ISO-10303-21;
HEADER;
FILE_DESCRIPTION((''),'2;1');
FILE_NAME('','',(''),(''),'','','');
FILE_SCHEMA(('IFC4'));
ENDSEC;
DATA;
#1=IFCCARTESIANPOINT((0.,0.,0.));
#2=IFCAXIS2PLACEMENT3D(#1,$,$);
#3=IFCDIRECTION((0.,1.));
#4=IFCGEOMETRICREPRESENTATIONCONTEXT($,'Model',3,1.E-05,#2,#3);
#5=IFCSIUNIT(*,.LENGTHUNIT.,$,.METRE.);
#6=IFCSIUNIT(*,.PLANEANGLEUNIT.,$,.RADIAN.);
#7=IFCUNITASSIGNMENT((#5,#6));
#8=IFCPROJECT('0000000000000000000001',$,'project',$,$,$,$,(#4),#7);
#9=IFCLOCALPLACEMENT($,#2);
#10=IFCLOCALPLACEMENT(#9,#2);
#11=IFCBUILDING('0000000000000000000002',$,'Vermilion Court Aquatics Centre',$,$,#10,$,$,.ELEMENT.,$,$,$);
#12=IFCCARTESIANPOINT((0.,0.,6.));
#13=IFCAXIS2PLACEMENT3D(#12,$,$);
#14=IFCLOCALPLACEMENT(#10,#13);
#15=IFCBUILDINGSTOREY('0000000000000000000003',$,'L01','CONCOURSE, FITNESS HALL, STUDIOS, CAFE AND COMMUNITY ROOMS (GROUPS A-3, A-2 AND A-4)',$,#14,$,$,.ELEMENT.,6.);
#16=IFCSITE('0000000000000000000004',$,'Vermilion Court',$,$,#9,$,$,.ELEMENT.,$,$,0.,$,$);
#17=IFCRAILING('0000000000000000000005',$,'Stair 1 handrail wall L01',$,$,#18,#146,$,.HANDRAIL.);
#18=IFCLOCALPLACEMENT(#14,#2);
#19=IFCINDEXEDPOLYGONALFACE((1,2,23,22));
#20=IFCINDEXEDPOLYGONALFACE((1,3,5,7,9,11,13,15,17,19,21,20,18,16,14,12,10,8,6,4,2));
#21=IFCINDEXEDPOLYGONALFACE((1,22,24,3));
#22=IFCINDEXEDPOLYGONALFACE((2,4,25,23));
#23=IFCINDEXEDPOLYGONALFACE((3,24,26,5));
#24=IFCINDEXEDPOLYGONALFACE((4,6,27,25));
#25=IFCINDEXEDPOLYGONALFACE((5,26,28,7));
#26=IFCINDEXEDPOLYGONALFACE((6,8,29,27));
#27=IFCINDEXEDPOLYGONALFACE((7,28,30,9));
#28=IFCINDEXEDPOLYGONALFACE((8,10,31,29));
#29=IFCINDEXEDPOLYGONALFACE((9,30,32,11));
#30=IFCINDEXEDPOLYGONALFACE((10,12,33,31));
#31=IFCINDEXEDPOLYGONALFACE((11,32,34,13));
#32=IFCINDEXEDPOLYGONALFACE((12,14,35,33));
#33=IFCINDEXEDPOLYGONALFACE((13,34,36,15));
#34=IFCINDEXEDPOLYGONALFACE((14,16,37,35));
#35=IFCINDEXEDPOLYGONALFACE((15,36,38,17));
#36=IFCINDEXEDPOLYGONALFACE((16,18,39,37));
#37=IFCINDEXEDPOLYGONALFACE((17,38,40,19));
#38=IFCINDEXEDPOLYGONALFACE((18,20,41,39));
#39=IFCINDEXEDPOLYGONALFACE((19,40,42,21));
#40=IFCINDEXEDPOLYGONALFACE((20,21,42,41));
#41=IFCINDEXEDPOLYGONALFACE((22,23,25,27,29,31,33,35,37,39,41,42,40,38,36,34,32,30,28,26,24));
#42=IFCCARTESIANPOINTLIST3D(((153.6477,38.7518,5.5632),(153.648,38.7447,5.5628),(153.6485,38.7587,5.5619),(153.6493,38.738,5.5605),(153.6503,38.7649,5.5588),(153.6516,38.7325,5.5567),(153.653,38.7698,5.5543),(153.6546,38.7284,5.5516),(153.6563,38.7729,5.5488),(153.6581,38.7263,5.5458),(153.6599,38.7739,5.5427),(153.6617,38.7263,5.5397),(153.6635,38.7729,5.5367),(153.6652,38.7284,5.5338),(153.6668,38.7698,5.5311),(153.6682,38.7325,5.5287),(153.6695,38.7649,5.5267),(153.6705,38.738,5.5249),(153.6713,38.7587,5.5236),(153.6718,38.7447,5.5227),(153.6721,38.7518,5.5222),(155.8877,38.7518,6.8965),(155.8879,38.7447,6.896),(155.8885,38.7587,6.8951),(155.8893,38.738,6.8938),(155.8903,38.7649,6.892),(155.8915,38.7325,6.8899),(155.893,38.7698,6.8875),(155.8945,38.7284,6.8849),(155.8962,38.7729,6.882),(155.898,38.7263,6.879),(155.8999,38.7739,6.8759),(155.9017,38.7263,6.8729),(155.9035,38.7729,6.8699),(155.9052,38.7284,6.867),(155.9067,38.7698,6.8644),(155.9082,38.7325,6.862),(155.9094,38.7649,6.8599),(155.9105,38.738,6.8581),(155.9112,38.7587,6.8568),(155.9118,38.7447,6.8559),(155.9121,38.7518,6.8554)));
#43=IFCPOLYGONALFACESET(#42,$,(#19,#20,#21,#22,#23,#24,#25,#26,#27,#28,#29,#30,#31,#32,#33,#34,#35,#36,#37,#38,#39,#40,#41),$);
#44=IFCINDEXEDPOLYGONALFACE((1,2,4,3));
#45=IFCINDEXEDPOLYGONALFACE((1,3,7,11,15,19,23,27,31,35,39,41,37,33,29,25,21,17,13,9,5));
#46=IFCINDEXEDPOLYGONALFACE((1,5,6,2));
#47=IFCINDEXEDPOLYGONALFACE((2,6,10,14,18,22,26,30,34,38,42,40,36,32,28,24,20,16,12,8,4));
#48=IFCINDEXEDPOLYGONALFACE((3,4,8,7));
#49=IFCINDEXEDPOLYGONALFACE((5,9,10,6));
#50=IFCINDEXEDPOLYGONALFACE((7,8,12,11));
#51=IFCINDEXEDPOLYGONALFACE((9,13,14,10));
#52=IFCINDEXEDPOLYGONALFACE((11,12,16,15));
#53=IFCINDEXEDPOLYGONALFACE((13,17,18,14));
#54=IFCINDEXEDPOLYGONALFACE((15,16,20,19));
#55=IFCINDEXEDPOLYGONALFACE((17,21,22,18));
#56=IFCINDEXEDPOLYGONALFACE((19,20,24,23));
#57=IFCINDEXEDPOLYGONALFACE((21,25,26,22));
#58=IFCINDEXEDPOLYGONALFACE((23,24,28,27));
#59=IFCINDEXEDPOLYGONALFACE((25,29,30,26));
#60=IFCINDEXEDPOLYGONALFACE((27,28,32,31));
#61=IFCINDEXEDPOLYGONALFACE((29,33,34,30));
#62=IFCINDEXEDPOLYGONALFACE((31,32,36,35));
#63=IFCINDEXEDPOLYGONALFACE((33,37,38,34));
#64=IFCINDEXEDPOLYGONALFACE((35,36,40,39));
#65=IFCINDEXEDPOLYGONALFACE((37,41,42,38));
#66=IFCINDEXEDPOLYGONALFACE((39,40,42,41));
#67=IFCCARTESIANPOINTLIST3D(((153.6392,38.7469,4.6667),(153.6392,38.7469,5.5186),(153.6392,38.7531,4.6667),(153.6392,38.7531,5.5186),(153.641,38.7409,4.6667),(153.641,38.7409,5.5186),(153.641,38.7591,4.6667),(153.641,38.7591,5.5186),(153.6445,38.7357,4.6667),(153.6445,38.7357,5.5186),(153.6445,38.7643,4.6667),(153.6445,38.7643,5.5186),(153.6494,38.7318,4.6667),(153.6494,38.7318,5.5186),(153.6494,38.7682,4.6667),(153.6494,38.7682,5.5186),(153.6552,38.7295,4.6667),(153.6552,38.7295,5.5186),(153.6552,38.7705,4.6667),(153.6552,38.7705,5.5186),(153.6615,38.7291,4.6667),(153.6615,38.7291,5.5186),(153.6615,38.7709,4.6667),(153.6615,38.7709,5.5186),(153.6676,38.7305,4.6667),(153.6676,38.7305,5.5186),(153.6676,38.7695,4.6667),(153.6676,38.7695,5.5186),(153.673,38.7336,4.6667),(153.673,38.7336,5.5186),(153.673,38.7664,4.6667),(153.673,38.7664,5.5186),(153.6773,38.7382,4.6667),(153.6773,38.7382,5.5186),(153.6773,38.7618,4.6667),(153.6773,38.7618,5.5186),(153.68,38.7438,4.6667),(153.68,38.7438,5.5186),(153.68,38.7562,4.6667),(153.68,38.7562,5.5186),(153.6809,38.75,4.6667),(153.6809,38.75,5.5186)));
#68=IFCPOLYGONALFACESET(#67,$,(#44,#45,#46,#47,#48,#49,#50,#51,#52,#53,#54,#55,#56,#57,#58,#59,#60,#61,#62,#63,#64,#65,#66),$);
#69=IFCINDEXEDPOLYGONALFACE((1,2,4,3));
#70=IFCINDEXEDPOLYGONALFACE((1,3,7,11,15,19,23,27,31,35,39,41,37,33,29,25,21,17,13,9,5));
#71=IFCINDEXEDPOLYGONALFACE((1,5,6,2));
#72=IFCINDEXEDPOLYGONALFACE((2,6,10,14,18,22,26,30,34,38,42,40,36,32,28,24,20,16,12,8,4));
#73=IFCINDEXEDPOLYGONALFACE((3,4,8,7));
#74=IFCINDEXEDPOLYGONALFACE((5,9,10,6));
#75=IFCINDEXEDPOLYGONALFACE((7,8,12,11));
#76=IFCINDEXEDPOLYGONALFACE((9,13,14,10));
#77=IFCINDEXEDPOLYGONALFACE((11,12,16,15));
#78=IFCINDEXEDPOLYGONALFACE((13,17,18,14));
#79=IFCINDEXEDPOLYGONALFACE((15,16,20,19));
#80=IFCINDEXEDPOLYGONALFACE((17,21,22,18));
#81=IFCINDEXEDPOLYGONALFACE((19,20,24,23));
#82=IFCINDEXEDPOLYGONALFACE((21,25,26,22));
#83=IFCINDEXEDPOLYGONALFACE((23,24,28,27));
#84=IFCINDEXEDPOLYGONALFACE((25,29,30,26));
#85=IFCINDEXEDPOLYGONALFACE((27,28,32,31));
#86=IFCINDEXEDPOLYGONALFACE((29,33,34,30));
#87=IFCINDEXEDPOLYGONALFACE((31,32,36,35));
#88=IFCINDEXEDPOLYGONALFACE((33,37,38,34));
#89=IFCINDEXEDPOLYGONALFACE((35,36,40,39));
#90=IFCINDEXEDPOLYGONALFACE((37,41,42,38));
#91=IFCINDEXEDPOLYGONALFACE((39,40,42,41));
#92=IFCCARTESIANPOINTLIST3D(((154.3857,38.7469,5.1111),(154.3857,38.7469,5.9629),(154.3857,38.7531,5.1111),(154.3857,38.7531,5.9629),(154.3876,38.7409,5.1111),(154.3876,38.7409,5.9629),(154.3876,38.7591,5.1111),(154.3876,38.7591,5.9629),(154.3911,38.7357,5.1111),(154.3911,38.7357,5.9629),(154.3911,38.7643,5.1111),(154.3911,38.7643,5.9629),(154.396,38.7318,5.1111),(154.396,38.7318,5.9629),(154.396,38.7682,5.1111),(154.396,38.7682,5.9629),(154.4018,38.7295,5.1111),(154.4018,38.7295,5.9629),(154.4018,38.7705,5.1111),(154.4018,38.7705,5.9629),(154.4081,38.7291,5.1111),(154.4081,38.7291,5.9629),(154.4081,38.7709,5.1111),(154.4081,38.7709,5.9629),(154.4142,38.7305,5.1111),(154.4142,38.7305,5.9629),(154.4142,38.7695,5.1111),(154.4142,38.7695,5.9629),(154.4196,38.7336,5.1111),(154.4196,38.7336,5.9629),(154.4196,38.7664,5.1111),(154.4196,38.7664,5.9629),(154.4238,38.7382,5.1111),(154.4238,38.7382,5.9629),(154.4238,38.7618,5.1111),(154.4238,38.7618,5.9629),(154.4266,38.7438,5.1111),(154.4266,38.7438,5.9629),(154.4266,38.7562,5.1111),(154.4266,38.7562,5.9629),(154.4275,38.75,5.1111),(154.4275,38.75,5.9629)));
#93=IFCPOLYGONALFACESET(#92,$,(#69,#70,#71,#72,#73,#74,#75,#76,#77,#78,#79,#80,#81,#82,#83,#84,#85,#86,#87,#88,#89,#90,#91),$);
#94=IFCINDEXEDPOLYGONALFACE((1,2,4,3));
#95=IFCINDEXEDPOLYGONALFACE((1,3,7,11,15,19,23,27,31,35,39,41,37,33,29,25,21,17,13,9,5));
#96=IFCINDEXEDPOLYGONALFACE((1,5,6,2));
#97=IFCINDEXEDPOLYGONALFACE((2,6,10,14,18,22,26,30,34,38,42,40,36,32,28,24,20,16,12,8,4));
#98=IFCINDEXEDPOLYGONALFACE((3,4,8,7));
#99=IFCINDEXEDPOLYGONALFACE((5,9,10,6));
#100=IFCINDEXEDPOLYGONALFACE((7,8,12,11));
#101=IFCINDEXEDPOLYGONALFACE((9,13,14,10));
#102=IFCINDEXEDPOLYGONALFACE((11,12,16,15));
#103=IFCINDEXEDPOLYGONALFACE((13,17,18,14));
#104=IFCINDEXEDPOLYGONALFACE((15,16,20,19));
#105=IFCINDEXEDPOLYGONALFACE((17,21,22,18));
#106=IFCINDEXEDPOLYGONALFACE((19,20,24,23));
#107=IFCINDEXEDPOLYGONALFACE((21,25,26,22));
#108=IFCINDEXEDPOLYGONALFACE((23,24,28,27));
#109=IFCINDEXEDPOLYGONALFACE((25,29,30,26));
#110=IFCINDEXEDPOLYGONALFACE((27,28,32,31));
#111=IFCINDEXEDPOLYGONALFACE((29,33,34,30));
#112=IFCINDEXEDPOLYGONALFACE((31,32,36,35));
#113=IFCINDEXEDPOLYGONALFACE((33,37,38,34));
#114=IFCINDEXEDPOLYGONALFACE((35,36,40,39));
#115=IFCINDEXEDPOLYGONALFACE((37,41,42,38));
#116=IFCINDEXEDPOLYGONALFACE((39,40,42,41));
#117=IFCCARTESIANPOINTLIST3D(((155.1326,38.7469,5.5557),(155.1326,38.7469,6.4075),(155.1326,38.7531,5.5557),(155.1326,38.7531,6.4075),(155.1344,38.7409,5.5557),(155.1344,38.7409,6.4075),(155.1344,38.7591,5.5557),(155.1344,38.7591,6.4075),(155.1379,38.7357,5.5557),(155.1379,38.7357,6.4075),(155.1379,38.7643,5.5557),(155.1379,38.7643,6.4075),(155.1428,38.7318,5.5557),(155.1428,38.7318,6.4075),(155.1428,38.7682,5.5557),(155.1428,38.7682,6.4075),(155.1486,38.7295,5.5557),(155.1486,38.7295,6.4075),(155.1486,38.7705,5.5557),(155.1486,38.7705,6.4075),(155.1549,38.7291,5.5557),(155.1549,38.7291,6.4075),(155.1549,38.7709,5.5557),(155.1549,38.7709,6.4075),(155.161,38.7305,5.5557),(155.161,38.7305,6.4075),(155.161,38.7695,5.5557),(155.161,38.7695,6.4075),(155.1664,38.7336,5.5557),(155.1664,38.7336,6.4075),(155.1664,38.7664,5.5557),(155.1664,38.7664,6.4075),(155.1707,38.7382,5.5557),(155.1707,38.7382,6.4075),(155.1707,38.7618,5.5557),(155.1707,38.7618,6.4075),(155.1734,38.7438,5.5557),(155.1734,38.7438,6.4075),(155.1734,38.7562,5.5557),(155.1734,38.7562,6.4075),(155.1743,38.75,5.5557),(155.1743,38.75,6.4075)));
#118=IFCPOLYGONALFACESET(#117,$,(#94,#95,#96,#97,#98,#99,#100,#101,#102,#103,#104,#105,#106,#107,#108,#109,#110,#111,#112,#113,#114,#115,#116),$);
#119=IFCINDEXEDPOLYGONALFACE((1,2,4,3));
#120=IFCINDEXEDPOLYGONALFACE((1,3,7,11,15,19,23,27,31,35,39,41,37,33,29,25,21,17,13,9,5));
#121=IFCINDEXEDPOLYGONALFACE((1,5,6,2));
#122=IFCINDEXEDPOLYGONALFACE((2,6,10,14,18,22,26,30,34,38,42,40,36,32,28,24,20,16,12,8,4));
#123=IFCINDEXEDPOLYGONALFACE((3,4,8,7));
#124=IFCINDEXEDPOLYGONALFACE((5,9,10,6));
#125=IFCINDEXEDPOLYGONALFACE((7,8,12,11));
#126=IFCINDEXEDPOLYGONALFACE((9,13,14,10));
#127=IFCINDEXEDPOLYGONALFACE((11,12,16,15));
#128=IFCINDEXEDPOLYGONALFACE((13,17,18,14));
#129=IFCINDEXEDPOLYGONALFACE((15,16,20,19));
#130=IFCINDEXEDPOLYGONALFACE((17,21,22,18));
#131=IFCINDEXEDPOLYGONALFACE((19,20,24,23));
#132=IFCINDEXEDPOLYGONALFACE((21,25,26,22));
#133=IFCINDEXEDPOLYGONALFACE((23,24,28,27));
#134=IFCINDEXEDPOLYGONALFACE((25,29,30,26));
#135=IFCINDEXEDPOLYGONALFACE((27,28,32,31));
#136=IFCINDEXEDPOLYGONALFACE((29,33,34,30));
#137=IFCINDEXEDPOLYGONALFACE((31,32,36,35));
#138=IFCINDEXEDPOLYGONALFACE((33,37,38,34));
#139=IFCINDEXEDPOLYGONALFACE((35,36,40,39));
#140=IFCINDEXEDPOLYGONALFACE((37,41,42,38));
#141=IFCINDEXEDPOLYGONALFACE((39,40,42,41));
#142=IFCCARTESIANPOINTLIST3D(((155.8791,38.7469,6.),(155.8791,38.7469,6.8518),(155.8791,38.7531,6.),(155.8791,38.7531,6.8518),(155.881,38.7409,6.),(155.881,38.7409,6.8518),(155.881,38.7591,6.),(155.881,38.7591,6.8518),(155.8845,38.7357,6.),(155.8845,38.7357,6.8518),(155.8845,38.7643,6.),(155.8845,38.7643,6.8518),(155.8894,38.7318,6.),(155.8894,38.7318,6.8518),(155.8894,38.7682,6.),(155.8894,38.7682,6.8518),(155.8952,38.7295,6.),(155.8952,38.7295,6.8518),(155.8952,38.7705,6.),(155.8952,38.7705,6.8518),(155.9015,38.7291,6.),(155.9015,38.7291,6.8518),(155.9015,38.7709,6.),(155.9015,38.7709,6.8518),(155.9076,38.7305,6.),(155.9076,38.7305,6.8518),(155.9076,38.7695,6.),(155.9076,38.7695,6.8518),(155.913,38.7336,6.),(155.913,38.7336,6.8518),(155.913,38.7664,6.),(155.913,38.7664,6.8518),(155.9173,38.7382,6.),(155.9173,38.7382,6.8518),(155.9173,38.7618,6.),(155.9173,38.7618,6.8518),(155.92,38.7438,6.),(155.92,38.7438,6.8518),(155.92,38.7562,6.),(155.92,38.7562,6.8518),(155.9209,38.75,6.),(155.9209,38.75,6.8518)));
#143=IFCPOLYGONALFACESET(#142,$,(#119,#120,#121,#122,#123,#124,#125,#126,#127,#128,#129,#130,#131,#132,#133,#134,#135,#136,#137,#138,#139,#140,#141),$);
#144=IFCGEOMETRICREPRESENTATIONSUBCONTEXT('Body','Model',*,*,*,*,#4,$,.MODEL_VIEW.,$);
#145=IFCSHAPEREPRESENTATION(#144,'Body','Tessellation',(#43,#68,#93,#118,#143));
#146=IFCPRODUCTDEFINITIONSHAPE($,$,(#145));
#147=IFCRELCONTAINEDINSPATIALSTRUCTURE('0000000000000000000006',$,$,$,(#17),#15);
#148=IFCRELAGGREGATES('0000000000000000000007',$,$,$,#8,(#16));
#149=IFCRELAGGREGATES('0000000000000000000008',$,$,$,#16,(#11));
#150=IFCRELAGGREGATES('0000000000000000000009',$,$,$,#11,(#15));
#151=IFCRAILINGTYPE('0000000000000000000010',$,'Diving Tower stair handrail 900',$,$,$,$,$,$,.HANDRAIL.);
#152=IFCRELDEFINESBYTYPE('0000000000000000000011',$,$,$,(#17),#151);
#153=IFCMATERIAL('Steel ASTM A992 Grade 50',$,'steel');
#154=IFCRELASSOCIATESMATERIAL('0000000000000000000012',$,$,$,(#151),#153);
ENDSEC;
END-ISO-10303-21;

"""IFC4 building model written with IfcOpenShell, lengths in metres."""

from ifc_helpers import new_model, si_unit, direction, frame, origin, origin_2d, place, context, subcontext, project, spatial, circle, extrude, material, type_object, element, save


model = new_model("IFC4")

# Units and contexts
model_context = context("Model", 3, precision=1e-05, world=origin(), true_north=direction((0.0, 1.0)))
body_context = subcontext(model_context, "Body", "Model", "MODEL_VIEW")
ifc_project = project(units=[si_unit("LENGTHUNIT", "METRE"), si_unit("PLANEANGLEUNIT", "RADIAN")], contexts=[model_context])

# Site, building, storey
site_placement = place(None, origin())
site = spatial("IfcSite", under=ifc_project, at=site_placement, Name="Vermilion Court", CompositionType="ELEMENT", RefElevation=0.0)
building_placement = place(site_placement, origin())
building = spatial("IfcBuilding", under=site, at=building_placement, Name="Vermilion Court Aquatics Centre", CompositionType="ELEMENT")
storey_placement = place(building_placement, frame((0.0, 0.0, 6.0)))
storey = spatial("IfcBuildingStorey", under=building, at=storey_placement, Name="L01", Description="CONCOURSE, FITNESS HALL, STUDIOS, CAFE AND COMMUNITY ROOMS (GROUPS A-3, A-2 AND A-4)", CompositionType="ELEMENT", Elevation=6.0)

# Railing
ifc_material_1 = material(Name="Steel ASTM A992 Grade 50", Category="steel")
railing_type_1 = type_object("IfcRailingType", Name="Diving Tower stair handrail 900", PredefinedType="HANDRAIL", material=ifc_material_1)
for number, where, name in (
    (1, (153.6599, 38.75, 4.6667), "Stair 1 handrail wall L01"),
):
    element("IfcRailing", number, at=place(storey_placement, frame(where)), inside=storey, type_object=railing_type_1, Name=name, PredefinedType="HANDRAIL", context=body_context, shape_type="SweptSolid", body=[
        extrude(circle(Radius=0.0239, at=origin_2d()), frame((0.0, 0.0, 0.876), z_axis=(0.859306, 0.0, 0.511462), x_axis=(0.0, 1.0, 0.0)), (0.0, 0.0, 1.0), 2.6067),
        extrude(circle(Radius=0.021, at=origin_2d()), origin(), (0.0, 0.0, 1.0), 0.8518),
        extrude(circle(Radius=0.021, at=origin_2d()), frame((0.7466, 0.0, 0.4443)), (0.0, 0.0, 1.0), 0.8518),
        extrude(circle(Radius=0.021, at=origin_2d()), frame((1.4934, 0.0, 0.8889)), (0.0, 0.0, 1.0), 0.8518),
        extrude(circle(Radius=0.021, at=origin_2d()), frame((2.24, 0.0, 1.3333)), (0.0, 0.0, 1.0), 0.8518),
    ])

save(model, "model.ifc")
